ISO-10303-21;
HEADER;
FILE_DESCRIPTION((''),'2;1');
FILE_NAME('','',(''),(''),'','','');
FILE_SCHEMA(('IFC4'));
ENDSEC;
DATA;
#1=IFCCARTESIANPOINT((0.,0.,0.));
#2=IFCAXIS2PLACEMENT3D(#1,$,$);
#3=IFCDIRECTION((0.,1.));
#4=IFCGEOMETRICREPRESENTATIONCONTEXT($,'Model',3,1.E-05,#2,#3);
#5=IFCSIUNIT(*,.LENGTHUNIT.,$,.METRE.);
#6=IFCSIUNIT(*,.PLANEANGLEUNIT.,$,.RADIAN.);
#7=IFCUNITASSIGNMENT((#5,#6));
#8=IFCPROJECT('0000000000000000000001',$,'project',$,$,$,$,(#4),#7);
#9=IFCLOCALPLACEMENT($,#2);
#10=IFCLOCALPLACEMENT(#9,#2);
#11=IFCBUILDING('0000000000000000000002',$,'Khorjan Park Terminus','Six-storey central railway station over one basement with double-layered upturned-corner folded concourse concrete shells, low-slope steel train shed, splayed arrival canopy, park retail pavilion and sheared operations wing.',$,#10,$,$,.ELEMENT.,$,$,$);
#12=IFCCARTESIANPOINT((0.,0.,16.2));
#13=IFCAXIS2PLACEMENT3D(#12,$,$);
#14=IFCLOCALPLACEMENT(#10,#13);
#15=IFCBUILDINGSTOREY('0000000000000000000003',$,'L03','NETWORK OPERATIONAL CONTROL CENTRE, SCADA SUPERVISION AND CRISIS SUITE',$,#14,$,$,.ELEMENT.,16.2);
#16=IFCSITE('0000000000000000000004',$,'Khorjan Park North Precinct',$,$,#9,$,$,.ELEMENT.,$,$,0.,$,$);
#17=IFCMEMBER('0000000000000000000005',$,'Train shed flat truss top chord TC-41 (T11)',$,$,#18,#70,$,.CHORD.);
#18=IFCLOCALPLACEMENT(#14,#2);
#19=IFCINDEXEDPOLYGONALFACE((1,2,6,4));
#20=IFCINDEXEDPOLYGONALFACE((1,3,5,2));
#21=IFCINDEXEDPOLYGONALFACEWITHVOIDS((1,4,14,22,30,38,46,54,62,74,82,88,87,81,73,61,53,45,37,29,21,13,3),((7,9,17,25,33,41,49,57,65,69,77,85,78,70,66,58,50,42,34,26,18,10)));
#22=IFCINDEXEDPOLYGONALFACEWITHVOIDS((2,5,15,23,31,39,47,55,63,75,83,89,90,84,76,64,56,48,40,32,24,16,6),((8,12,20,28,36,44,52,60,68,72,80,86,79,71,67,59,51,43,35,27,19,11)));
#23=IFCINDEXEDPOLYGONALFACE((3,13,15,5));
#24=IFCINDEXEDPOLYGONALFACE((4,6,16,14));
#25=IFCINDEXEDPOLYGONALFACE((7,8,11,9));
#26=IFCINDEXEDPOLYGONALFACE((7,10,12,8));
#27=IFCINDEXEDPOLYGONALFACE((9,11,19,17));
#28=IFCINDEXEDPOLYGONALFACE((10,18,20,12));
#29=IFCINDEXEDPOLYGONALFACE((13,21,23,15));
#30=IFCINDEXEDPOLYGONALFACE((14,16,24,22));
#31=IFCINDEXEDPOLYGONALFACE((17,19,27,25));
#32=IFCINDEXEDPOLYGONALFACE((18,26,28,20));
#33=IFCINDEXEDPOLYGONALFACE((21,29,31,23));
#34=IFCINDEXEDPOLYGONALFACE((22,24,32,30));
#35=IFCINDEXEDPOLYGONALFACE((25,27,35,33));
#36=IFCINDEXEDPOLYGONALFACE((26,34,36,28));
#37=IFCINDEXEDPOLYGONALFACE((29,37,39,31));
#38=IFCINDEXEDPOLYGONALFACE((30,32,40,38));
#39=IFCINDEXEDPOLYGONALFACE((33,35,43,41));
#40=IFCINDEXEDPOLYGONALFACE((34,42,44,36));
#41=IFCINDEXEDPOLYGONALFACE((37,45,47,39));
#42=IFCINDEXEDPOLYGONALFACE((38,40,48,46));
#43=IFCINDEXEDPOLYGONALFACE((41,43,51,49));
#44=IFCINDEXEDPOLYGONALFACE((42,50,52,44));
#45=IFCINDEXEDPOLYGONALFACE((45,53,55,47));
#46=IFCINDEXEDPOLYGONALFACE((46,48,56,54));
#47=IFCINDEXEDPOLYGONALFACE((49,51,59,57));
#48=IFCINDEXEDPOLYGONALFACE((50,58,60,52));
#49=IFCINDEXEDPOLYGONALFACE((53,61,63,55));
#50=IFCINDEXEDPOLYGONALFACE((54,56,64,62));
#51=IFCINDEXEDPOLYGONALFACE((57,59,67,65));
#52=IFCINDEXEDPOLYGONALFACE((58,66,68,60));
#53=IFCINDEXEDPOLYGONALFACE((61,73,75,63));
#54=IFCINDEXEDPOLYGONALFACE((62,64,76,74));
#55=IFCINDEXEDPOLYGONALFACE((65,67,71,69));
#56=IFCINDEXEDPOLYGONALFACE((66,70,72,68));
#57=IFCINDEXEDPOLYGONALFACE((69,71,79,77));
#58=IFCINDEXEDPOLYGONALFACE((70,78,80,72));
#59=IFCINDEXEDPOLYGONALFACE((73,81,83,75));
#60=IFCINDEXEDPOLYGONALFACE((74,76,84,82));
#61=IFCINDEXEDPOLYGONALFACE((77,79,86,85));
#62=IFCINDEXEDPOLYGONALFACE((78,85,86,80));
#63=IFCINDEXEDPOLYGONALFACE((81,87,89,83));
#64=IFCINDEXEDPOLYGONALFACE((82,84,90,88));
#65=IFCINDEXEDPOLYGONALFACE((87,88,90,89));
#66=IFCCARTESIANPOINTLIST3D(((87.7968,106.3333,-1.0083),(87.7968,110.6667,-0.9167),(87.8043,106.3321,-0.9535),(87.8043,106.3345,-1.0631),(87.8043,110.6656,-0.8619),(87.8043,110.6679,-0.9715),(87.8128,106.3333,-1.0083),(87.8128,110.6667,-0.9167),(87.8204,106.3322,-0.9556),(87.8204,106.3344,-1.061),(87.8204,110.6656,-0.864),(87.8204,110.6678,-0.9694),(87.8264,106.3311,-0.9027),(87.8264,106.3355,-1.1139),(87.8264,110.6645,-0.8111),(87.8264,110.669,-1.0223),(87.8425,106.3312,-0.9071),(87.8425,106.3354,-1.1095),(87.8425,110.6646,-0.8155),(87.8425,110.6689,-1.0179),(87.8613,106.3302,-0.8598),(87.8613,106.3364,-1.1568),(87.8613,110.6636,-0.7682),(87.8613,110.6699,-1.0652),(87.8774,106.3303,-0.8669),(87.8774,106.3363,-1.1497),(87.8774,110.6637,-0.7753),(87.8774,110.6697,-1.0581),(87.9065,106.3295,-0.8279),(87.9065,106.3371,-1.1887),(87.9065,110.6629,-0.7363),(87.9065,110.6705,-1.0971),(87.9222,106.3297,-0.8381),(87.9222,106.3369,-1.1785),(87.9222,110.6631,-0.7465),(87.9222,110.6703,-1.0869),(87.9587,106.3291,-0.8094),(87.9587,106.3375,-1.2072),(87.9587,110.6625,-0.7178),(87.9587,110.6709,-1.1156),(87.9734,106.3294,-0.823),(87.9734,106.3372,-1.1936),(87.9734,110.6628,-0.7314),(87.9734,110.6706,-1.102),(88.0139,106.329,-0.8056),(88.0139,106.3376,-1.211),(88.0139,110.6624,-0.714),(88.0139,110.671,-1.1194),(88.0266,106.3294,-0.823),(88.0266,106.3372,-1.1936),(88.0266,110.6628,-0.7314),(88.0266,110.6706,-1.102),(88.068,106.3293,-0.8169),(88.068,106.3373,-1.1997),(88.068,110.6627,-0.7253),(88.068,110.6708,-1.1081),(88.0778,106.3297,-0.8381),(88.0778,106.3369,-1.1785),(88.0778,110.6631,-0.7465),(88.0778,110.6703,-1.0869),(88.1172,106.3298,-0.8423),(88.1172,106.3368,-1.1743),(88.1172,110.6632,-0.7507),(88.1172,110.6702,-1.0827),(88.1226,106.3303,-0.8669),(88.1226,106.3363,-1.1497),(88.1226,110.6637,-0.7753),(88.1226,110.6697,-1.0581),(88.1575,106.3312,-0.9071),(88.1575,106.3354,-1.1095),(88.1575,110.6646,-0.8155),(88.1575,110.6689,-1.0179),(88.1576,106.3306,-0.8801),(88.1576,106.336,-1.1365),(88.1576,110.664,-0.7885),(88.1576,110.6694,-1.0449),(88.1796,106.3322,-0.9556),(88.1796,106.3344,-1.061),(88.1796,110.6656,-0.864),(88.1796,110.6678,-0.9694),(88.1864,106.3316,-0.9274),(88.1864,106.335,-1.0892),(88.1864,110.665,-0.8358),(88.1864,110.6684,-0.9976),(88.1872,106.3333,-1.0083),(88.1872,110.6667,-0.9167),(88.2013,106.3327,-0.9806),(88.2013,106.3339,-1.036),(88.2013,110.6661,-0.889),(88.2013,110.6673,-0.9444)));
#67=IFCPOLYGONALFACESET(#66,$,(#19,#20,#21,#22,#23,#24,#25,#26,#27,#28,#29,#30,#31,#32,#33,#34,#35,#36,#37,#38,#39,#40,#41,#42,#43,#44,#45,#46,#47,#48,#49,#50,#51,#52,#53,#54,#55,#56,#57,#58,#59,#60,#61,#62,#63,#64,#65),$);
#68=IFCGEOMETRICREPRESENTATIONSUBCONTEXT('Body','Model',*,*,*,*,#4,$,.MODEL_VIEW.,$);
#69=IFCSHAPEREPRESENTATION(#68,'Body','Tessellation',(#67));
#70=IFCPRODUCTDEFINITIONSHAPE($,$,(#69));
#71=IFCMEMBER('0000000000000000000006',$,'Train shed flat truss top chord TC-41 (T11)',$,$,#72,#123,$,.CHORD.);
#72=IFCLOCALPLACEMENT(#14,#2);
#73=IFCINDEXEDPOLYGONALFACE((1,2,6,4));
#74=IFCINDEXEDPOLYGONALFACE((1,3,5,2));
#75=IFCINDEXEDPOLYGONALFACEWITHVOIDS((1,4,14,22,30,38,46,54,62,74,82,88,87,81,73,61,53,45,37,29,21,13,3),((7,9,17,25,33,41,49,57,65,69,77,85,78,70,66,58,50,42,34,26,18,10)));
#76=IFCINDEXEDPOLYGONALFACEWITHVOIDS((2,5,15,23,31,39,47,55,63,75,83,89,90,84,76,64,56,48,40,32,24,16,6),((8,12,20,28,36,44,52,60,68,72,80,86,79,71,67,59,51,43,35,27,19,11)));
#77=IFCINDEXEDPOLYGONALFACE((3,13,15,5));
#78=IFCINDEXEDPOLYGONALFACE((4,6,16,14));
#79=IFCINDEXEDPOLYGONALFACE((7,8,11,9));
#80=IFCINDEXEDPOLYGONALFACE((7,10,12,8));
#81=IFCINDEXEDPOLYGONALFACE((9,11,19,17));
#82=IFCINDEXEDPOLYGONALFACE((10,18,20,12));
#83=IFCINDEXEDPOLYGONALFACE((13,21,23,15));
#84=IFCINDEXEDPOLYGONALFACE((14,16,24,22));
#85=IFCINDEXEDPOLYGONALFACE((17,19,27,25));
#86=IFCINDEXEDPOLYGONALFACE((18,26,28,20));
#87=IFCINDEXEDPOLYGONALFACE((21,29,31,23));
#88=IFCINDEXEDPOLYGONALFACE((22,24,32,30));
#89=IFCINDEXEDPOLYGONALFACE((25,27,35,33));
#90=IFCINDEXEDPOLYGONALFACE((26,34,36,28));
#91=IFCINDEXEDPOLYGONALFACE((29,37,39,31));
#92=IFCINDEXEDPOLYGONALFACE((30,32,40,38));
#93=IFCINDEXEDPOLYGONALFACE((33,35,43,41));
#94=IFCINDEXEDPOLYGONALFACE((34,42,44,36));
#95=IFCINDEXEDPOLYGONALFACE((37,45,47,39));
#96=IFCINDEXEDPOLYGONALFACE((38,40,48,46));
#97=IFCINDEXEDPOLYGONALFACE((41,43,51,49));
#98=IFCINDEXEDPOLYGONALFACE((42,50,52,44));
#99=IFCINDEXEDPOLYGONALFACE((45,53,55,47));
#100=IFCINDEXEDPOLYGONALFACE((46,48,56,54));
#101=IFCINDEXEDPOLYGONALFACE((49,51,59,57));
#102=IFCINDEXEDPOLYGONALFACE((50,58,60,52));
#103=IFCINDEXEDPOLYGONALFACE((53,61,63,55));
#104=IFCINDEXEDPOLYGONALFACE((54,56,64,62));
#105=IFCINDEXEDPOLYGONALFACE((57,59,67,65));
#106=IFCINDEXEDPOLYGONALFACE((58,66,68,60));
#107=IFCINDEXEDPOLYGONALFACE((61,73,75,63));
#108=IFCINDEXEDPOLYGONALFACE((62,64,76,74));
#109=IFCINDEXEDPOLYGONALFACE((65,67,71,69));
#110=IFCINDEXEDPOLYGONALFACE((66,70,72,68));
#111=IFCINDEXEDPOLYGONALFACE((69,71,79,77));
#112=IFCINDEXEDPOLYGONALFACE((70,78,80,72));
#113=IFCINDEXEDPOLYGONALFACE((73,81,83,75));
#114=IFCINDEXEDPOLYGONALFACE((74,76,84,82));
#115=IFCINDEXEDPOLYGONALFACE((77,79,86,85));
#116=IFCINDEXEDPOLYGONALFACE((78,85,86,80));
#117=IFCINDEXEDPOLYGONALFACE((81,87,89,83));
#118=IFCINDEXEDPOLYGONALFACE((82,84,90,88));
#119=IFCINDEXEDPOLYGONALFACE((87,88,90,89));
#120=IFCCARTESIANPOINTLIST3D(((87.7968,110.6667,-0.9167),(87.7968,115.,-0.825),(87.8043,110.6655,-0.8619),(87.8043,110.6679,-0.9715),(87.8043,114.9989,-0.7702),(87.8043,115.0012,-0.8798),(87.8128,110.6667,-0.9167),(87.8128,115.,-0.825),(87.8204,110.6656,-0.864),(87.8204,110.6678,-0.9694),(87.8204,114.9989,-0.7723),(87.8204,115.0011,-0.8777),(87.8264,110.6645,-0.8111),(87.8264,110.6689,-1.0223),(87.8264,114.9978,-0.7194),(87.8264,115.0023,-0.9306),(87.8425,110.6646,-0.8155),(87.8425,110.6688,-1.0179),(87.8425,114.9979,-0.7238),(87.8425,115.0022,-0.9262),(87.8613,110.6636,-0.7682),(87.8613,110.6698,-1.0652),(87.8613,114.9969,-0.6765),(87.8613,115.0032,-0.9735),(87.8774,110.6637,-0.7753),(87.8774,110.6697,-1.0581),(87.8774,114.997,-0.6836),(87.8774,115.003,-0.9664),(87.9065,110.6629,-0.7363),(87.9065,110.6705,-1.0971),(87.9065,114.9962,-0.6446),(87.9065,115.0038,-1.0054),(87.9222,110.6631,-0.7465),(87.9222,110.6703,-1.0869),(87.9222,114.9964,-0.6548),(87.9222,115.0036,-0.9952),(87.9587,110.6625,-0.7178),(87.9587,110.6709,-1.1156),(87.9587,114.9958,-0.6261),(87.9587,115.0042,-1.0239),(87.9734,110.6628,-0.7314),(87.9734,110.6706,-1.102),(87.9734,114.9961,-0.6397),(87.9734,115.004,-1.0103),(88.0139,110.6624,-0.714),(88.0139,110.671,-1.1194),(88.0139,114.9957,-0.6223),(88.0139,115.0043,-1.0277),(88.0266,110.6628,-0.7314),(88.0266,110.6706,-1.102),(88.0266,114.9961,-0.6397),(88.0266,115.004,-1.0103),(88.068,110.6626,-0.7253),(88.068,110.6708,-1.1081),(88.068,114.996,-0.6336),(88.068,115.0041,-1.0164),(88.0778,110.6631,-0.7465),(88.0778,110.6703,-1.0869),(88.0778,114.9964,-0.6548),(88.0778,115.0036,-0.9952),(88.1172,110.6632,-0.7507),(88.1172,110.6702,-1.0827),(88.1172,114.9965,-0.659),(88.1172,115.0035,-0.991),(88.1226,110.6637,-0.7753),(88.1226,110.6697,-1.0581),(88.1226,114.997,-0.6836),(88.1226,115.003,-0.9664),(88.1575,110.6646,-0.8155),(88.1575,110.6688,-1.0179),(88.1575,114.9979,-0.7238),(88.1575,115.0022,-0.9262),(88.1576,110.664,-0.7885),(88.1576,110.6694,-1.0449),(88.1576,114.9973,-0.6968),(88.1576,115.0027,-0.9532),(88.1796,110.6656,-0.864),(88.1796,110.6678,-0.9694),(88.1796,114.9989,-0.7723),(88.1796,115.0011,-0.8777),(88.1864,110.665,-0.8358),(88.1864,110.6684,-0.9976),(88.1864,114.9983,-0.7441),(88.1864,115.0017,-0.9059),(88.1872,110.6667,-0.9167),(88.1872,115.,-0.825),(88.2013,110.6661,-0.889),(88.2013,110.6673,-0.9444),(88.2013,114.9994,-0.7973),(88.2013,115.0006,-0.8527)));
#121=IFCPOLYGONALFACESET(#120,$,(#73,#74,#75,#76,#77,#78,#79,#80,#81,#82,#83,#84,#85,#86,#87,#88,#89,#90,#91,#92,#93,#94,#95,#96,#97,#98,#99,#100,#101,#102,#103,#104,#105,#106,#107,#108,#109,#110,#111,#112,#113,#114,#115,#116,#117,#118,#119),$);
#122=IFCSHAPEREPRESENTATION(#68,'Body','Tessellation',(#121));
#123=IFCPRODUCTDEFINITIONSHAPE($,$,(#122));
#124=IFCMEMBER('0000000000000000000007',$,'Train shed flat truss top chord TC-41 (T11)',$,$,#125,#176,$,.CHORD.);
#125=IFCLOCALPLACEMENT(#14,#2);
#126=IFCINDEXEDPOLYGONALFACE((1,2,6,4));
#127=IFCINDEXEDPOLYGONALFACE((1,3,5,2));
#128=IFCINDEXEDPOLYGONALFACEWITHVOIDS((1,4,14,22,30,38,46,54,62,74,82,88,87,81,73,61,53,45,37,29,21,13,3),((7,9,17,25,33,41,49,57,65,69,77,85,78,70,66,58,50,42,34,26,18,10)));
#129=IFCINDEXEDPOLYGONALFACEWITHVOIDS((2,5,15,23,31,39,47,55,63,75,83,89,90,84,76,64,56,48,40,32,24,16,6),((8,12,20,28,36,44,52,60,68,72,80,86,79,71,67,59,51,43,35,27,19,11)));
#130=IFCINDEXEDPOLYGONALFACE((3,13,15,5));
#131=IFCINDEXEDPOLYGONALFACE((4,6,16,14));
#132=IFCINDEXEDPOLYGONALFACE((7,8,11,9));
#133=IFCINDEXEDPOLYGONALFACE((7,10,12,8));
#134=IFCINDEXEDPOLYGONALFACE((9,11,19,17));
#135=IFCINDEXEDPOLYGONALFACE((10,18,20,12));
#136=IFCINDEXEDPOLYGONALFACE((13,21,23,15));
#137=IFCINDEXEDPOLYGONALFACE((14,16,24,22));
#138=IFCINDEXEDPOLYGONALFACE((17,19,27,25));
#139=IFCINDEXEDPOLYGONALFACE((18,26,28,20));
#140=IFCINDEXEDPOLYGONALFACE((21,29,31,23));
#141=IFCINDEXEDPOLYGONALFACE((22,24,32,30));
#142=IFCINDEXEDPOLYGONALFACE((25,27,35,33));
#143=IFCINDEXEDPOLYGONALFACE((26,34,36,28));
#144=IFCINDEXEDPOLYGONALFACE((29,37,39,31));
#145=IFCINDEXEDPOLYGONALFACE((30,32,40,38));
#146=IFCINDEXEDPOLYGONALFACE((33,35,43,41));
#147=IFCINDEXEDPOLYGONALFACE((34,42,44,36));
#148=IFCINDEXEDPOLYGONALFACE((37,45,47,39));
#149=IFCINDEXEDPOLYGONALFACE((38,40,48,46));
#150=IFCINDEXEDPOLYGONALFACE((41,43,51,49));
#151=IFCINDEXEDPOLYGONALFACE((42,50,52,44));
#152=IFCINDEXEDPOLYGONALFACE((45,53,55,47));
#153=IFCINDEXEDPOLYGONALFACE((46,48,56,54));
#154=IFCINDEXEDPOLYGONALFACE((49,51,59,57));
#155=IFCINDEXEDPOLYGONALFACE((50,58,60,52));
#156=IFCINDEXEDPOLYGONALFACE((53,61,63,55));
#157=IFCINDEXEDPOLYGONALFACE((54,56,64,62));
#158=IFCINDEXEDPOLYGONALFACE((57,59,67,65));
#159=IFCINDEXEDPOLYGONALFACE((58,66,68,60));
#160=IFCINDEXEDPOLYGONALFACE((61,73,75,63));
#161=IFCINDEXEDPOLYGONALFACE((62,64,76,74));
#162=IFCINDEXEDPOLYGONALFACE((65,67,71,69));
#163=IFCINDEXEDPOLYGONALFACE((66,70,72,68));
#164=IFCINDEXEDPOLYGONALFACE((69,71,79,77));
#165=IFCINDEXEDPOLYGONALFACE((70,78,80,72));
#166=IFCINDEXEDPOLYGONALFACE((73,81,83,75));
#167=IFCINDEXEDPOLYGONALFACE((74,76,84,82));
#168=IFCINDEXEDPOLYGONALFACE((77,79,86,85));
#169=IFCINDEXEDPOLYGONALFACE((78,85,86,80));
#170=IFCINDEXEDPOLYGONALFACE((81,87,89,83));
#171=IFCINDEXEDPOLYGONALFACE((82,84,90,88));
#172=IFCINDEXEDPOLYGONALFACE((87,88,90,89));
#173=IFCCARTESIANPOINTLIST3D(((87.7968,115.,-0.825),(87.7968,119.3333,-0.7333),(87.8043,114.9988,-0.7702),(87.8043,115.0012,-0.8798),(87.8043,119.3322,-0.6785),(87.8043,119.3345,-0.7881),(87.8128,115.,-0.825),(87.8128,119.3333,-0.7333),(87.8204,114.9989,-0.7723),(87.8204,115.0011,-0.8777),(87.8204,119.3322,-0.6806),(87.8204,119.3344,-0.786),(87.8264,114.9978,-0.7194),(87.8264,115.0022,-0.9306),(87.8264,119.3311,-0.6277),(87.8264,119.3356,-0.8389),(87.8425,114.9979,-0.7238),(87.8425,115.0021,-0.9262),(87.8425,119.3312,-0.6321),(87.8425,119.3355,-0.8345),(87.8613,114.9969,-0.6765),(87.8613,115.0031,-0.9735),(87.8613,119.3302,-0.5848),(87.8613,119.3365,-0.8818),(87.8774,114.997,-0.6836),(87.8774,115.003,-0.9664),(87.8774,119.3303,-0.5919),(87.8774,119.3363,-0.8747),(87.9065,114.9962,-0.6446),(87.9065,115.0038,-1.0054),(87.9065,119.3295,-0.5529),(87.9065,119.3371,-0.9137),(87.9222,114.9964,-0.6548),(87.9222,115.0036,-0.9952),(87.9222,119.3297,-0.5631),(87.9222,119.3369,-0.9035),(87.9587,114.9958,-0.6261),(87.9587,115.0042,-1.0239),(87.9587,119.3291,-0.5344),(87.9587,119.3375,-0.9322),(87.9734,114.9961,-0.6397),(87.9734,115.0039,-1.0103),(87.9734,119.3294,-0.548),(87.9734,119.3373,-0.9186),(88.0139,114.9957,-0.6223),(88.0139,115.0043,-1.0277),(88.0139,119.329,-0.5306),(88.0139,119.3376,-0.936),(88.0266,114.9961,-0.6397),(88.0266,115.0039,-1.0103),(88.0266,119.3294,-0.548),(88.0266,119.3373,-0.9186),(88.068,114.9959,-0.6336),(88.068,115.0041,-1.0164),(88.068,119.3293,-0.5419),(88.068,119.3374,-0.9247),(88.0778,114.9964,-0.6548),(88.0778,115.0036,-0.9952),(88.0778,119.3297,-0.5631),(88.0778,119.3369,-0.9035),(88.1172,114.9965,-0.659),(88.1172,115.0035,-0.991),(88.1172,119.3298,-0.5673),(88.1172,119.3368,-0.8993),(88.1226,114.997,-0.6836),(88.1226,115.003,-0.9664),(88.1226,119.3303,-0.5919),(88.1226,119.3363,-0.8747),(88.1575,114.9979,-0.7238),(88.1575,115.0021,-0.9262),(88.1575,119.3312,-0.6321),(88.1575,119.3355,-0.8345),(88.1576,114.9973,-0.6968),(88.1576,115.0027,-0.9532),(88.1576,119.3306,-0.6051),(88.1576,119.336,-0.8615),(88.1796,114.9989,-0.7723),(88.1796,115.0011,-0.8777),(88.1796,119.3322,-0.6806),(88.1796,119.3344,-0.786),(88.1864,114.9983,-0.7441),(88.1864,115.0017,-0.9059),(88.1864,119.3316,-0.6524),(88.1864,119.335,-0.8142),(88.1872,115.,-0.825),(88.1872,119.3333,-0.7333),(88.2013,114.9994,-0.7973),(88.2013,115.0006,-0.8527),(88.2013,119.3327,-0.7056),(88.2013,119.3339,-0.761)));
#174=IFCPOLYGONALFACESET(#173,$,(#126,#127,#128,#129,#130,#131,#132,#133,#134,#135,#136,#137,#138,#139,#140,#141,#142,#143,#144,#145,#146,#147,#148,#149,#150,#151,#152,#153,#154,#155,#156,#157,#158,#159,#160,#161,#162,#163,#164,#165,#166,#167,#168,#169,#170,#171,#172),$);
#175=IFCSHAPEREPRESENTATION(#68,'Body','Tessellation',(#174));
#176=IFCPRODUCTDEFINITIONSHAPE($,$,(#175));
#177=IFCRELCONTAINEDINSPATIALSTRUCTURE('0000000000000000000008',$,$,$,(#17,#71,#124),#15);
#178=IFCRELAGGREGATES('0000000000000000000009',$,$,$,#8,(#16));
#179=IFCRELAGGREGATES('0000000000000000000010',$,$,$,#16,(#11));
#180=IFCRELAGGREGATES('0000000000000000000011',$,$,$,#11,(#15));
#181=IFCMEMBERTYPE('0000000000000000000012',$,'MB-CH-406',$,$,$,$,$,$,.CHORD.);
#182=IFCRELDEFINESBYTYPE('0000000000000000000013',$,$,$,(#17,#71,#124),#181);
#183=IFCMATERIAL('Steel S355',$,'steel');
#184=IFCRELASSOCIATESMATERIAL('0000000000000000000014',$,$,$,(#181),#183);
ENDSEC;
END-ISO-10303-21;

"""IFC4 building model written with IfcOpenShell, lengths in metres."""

from ifc_helpers import new_model, si_unit, direction, frame, origin, origin_2d, place, context, subcontext, project, spatial, hollow_circle, extrude, material, material_profile, profile_set, type_object, element, save


model = new_model("IFC4")

# Units and contexts
model_context = context("Model", 3, precision=1e-05, world=origin(), true_north=direction((0.0, 1.0)))
body_context = subcontext(model_context, "Body", "Model", "MODEL_VIEW")
ifc_project = project(units=[si_unit("LENGTHUNIT", "METRE"), si_unit("PLANEANGLEUNIT", "RADIAN")], contexts=[model_context])

# Site, building, storey
site_placement = place(None, origin())
site = spatial("IfcSite", under=ifc_project, at=site_placement, Name="Khorjan Park North Precinct", CompositionType="ELEMENT", RefElevation=0.0)
building_placement = place(site_placement, origin())
building = spatial("IfcBuilding", under=site, at=building_placement, Name="Khorjan Park Terminus", Description="Six-storey central railway station over one basement with double-layered upturned-corner folded concourse concrete shells, low-slope steel train shed, splayed arrival canopy, park retail pavilion and sheared operations wing.", CompositionType="ELEMENT")
storey_placement = place(building_placement, frame((0.0, 0.0, 16.2)))
storey = spatial("IfcBuildingStorey", under=building, at=storey_placement, Name="L03", Description="NETWORK OPERATIONAL CONTROL CENTRE, SCADA SUPERVISION AND CRISIS SUITE", CompositionType="ELEMENT", Elevation=16.2)

# Members
ifc_material_1 = material(Name="Steel S355", Category="steel")
ifc_material_profile_1 = material_profile(ifc_material_1, hollow_circle(Radius=0.2032, WallThickness=0.016, at=origin_2d()), Name="CHS 406.4x16")
ifc_profile_set_1 = profile_set([ifc_material_profile_1], Name="Steel S355")
member_type_1 = type_object("IfcMemberType", Name="MB-CH-406", PredefinedType="CHORD", material=ifc_profile_set_1)
member_1_placement = place(storey_placement, frame((88.0, 106.3333, -1.0083), z_axis=(0.0, 0.999777, 0.021133), x_axis=(-1.0, 0.0, 0.0)))
element("IfcMember", 1, at=member_1_placement, inside=storey, type_object=member_type_1, Name="Train shed flat truss top chord TC-41 (T11)", PredefinedType="CHORD", context=body_context, shape_type="SweptSolid", body=[
    extrude(hollow_circle(Radius=0.2032, WallThickness=0.016, at=origin_2d()), origin(), (0.0, 0.0, 1.0), 4.3344),
])
for number, where, z_axis, x_axis, name in (
    (2, (88.0, 110.6667, -0.9167), (0.0, 0.999776, 0.021157), (-1.0, 0.0, 0.0), "Train shed flat truss top chord TC-41 (T11)"),
    (3, (88.0, 115.0, -0.825), (0.0, 0.999776, 0.021157), (-1.0, 0.0, 0.0), "Train shed flat truss top chord TC-41 (T11)"),
):
    element("IfcMember", number, at=place(storey_placement, frame(where, z_axis=z_axis, x_axis=x_axis)), inside=storey, type_object=member_type_1, Name=name, PredefinedType="CHORD", context=body_context, shape_type="SweptSolid", body=[
        extrude(hollow_circle(Radius=0.2032, WallThickness=0.016, at=origin_2d()), origin(), (0.0, 0.0, 1.0), 4.3343),
    ])

save(model, "model.ifc")
